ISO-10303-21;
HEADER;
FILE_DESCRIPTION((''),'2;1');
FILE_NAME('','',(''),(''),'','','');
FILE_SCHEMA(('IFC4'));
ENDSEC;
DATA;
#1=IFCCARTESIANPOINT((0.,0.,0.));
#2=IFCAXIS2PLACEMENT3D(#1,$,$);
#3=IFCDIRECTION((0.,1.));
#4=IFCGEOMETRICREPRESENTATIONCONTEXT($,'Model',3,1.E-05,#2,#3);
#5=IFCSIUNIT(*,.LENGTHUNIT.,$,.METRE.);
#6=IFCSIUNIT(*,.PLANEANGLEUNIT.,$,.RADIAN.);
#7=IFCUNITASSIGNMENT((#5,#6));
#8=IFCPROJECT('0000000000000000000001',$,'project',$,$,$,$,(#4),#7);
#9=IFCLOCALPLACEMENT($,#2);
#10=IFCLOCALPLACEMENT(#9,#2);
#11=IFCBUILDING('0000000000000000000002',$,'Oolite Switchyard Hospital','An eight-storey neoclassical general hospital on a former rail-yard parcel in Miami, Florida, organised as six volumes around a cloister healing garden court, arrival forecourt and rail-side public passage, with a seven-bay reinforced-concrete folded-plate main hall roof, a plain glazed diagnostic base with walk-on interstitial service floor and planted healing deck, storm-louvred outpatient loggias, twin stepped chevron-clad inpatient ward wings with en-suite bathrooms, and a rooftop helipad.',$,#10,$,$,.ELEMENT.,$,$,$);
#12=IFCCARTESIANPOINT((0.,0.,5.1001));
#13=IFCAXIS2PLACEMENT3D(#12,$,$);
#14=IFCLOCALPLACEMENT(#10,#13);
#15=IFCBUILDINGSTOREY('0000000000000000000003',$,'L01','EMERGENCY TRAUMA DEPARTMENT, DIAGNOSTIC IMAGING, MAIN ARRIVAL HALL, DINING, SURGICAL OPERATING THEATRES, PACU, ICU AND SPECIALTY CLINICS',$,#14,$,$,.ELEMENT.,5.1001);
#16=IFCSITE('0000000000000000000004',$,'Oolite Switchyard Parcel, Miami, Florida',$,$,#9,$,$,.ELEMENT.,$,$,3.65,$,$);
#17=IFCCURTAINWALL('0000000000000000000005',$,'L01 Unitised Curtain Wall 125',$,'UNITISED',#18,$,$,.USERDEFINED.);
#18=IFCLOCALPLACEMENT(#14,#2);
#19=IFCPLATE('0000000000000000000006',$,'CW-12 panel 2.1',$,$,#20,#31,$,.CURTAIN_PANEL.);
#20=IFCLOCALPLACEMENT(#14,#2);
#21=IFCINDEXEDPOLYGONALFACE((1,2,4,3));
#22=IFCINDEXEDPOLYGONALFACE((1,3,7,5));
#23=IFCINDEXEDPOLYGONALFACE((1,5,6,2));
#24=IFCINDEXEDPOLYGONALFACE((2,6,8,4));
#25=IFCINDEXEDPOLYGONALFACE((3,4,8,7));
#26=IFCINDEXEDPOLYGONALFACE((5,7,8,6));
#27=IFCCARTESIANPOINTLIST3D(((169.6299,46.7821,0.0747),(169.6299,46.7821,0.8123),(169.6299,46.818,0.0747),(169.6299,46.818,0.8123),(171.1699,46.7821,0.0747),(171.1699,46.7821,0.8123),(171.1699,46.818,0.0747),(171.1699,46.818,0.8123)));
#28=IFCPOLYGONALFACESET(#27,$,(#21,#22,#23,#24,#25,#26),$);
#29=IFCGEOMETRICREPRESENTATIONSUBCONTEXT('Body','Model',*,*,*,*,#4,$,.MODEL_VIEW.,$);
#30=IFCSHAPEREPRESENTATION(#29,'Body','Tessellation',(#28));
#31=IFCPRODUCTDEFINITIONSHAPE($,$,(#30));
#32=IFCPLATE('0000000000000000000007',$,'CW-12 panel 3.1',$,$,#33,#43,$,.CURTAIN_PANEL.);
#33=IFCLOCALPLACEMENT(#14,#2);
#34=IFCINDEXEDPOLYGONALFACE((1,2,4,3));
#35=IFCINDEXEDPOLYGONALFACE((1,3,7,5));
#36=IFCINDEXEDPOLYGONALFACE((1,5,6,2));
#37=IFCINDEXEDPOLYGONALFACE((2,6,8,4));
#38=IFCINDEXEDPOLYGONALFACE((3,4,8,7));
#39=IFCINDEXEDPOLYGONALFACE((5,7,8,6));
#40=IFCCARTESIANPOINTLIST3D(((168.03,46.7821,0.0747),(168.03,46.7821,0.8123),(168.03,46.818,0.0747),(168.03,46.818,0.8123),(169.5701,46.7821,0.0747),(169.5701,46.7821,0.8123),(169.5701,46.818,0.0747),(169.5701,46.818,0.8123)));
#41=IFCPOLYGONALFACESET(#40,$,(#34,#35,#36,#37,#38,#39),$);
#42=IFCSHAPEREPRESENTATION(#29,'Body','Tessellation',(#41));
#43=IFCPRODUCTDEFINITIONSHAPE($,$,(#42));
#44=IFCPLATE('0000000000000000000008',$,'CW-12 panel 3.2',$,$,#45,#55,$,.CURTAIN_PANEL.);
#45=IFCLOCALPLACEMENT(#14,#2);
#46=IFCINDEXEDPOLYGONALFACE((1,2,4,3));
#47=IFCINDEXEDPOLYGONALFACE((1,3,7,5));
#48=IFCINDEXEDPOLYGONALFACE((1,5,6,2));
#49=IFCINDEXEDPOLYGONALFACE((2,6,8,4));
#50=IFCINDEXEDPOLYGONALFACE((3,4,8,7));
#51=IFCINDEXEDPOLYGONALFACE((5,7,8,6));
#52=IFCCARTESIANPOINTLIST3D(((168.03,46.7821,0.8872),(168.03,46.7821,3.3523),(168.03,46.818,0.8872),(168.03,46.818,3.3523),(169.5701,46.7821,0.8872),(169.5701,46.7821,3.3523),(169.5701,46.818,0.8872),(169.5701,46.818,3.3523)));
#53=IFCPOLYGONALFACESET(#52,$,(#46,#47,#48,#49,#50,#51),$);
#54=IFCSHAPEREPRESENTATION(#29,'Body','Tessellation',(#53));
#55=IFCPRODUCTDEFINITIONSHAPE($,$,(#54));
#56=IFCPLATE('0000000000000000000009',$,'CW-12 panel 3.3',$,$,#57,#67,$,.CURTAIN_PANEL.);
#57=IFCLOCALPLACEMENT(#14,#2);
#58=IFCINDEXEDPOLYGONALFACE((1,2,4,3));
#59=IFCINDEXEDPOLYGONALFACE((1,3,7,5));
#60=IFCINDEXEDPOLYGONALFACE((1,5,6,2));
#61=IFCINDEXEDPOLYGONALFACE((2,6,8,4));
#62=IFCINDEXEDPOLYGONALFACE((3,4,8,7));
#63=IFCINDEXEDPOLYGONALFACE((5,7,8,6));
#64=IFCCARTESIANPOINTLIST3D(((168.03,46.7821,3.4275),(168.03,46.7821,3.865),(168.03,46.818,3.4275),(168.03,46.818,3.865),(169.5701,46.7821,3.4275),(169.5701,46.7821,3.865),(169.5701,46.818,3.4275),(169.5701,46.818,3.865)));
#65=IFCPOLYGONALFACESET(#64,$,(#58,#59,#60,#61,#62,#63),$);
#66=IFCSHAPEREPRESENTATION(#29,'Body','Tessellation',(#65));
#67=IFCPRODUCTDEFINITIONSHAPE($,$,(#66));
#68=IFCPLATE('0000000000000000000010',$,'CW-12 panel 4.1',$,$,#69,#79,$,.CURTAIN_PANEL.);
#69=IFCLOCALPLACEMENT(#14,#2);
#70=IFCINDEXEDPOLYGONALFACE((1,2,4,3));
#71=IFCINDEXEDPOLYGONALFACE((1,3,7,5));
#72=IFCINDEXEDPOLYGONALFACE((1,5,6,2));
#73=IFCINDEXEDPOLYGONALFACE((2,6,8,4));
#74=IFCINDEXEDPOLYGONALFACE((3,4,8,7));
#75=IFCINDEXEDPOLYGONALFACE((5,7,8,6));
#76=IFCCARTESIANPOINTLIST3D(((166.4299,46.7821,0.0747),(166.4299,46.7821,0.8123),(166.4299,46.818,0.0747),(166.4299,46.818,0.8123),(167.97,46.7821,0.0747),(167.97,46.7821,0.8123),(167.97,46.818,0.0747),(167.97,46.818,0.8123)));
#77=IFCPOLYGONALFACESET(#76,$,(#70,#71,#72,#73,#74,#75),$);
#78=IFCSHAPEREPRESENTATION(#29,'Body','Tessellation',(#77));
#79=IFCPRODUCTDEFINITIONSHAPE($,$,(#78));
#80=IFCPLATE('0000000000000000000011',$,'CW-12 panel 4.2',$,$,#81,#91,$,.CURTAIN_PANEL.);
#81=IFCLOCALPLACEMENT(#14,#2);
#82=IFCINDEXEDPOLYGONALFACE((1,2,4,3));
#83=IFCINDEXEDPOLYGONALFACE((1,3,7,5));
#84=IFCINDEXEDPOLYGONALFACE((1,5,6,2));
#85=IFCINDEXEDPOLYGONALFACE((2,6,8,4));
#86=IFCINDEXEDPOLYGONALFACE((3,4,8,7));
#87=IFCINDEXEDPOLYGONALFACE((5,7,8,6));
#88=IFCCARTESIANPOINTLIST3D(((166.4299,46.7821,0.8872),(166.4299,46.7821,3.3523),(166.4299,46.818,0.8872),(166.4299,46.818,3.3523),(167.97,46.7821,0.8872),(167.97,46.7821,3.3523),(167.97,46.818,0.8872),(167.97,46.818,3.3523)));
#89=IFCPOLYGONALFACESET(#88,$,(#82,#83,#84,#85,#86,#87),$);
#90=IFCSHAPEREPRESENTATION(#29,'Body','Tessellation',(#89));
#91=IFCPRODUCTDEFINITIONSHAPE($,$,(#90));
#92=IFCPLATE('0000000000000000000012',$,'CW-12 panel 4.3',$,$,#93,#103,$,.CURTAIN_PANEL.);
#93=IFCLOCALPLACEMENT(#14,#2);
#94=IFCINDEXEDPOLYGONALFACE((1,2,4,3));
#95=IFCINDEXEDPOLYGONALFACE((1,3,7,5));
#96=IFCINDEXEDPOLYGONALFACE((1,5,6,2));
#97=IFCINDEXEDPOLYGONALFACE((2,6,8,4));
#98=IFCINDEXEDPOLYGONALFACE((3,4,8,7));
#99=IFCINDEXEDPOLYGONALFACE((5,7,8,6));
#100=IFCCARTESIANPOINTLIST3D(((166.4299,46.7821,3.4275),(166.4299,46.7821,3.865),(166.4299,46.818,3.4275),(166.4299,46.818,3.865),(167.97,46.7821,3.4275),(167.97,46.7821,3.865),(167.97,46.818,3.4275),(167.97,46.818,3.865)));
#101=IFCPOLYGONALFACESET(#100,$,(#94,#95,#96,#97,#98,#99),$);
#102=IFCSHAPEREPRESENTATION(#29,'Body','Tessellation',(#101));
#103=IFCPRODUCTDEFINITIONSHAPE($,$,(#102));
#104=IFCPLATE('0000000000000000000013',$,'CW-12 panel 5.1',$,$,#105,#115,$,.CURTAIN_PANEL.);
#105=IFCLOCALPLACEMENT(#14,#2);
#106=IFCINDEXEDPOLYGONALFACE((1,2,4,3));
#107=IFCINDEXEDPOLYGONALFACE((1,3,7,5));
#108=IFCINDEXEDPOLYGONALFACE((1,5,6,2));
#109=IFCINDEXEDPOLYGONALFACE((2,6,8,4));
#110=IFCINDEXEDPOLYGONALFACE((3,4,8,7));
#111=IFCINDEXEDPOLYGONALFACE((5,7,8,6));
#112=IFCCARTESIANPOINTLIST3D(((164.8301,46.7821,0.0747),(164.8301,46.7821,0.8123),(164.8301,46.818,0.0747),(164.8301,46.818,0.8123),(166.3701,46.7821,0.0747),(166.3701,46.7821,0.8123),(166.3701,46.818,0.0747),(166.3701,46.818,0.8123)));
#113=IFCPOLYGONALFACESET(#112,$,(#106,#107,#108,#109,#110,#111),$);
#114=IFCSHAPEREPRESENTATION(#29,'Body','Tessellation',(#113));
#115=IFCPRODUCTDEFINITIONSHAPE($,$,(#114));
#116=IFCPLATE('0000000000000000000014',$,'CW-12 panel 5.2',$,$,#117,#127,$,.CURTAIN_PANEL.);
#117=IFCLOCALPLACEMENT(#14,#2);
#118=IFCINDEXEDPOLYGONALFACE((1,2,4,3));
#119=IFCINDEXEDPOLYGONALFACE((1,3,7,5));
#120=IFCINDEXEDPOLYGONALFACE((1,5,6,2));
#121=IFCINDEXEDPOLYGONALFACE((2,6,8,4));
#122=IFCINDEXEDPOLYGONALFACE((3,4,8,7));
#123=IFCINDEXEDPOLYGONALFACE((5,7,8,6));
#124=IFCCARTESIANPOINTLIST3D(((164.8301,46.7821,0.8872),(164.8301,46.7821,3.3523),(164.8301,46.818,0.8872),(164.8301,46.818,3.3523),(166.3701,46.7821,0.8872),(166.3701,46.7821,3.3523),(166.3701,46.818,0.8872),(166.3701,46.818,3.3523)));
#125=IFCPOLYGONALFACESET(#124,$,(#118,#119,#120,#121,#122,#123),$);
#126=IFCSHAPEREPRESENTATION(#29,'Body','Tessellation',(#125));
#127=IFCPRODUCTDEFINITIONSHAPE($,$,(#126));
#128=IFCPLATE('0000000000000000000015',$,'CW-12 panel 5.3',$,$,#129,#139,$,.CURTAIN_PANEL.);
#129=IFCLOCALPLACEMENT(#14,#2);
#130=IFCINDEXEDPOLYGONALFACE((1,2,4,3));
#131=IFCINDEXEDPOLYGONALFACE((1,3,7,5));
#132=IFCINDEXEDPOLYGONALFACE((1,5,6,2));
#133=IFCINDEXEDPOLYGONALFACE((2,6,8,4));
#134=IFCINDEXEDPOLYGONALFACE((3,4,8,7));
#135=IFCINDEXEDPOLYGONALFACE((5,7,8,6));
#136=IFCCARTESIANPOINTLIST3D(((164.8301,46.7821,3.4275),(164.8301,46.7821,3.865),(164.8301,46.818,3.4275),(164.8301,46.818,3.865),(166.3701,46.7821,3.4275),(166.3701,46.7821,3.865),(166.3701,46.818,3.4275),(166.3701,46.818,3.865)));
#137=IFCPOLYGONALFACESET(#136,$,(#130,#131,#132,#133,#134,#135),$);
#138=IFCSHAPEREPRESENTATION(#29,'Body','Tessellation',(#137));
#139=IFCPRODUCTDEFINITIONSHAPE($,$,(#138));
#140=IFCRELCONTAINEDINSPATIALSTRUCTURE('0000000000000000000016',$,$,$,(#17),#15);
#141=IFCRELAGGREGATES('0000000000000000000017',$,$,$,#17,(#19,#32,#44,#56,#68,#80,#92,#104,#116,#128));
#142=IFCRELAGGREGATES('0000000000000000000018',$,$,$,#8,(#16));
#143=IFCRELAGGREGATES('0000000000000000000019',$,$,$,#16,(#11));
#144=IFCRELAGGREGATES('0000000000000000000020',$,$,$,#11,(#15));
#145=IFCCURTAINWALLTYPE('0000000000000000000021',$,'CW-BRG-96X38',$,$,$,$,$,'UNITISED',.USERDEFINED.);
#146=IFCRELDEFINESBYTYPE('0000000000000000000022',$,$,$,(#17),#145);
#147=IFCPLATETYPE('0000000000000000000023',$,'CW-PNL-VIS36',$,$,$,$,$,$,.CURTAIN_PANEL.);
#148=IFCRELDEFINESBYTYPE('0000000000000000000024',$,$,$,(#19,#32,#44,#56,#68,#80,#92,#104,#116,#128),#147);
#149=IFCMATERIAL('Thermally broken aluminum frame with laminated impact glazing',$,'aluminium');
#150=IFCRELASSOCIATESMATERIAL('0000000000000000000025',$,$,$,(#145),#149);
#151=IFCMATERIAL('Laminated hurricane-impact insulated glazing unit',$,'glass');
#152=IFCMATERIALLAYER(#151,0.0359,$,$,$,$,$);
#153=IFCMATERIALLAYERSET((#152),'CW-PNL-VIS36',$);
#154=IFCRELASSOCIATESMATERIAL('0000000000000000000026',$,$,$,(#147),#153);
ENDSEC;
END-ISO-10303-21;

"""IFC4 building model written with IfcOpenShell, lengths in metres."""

from ifc_helpers import new_model, si_unit, direction, frame, origin, origin_2d, place, context, subcontext, project, spatial, rectangle, extrude, material, layer, layer_set, type_object, element, aggregate, save


model = new_model("IFC4")

# Units and contexts
model_context = context("Model", 3, precision=1e-05, world=origin(), true_north=direction((0.0, 1.0)))
body_context = subcontext(model_context, "Body", "Model", "MODEL_VIEW")
ifc_project = project(units=[si_unit("LENGTHUNIT", "METRE"), si_unit("PLANEANGLEUNIT", "RADIAN")], contexts=[model_context])

# Site, building, storey
site_placement = place(None, origin())
site = spatial("IfcSite", under=ifc_project, at=site_placement, Name="Oolite Switchyard Parcel, Miami, Florida", CompositionType="ELEMENT", RefElevation=3.65)
building_placement = place(site_placement, origin())
building = spatial("IfcBuilding", under=site, at=building_placement, Name="Oolite Switchyard Hospital", Description="An eight-storey neoclassical general hospital on a former rail-yard parcel in Miami, Florida, organised as six volumes around a cloister healing garden court, arrival forecourt and rail-side public passage, with a seven-bay reinforced-concrete folded-plate main hall roof, a plain glazed diagnostic base with walk-on interstitial service floor and planted healing deck, storm-louvred outpatient loggias, twin stepped chevron-clad inpatient ward wings with en-suite bathrooms, and a rooftop helipad.", CompositionType="ELEMENT")
storey_placement = place(building_placement, frame((0.0, 0.0, 5.1001)))
storey = spatial("IfcBuildingStorey", under=building, at=storey_placement, Name="L01", Description="EMERGENCY TRAUMA DEPARTMENT, DIAGNOSTIC IMAGING, MAIN ARRIVAL HALL, DINING, SURGICAL OPERATING THEATRES, PACU, ICU AND SPECIALTY CLINICS", CompositionType="ELEMENT", Elevation=5.1001)

# Curtain wall, plates
ifc_material_1 = material(Name="Thermally broken aluminum frame with laminated impact glazing", Category="aluminium")
curtain_wall_type = type_object("IfcCurtainWallType", Name="CW-BRG-96X38", ElementType="UNITISED", PredefinedType="USERDEFINED", material=ifc_material_1)
curtain_wall_placement = place(storey_placement, origin())
curtain_wall = element("IfcCurtainWall", 1, at=curtain_wall_placement, inside=storey, type_object=curtain_wall_type, Name="L01 Unitised Curtain Wall 125", ObjectType="UNITISED", PredefinedType="USERDEFINED")
ifc_material_2 = material(Name="Laminated hurricane-impact insulated glazing unit", Category="glass")
ifc_layer = layer(ifc_material_2, 0.0359)
ifc_layer_set = layer_set([ifc_layer], Name="CW-PNL-VIS36")
plate_type = type_object("IfcPlateType", Name="CW-PNL-VIS36", PredefinedType="CURTAIN_PANEL", material=ifc_layer_set)
plate_1_placement = place(storey_placement, frame((170.3999, 46.8, 0.0747), z_axis=(0.0, 0.0, 1.0), x_axis=(-1.0, 0.0, 0.0)))
plate_1 = element("IfcPlate", 2, at=plate_1_placement, type_object=plate_type, Name="CW-12 panel 2.1", PredefinedType="CURTAIN_PANEL", context=body_context, shape_type="SweptSolid", body=[
    extrude(rectangle(XDim=1.54, YDim=0.0359, at=origin_2d()), origin(), (0.0, 0.0, 1.0), 0.7375),
])
plate_2_placement = place(storey_placement, frame((168.8, 46.8, 0.0747), z_axis=(0.0, 0.0, 1.0), x_axis=(-1.0, 0.0, 0.0)))
plate_2 = element("IfcPlate", 3, at=plate_2_placement, type_object=plate_type, Name="CW-12 panel 3.1", PredefinedType="CURTAIN_PANEL", context=body_context, shape_type="SweptSolid", body=[
    extrude(rectangle(XDim=1.54, YDim=0.0359, at=origin_2d()), origin(), (0.0, 0.0, 1.0), 0.7375),
])
plate_3_placement = place(storey_placement, frame((168.8, 46.8, 0.8872), z_axis=(0.0, 0.0, 1.0), x_axis=(-1.0, 0.0, 0.0)))
plate_3 = element("IfcPlate", 4, at=plate_3_placement, type_object=plate_type, Name="CW-12 panel 3.2", PredefinedType="CURTAIN_PANEL", context=body_context, shape_type="SweptSolid", body=[
    extrude(rectangle(XDim=1.54, YDim=0.0359, at=origin_2d()), origin(), (0.0, 0.0, 1.0), 2.4651),
])
plate_4_placement = place(storey_placement, frame((168.8, 46.8, 3.4275), z_axis=(0.0, 0.0, 1.0), x_axis=(-1.0, 0.0, 0.0)))
plate_4 = element("IfcPlate", 5, at=plate_4_placement, type_object=plate_type, Name="CW-12 panel 3.3", PredefinedType="CURTAIN_PANEL", context=body_context, shape_type="SweptSolid", body=[
    extrude(rectangle(XDim=1.54, YDim=0.0359, at=origin_2d()), origin(), (0.0, 0.0, 1.0), 0.4375),
])
plate_5_placement = place(storey_placement, frame((167.2, 46.8, 0.0747), z_axis=(0.0, 0.0, 1.0), x_axis=(-1.0, 0.0, 0.0)))
plate_5 = element("IfcPlate", 6, at=plate_5_placement, type_object=plate_type, Name="CW-12 panel 4.1", PredefinedType="CURTAIN_PANEL", context=body_context, shape_type="SweptSolid", body=[
    extrude(rectangle(XDim=1.54, YDim=0.0359, at=origin_2d()), origin(), (0.0, 0.0, 1.0), 0.7375),
])
plate_6_placement = place(storey_placement, frame((167.2, 46.8, 0.8872), z_axis=(0.0, 0.0, 1.0), x_axis=(-1.0, 0.0, 0.0)))
plate_6 = element("IfcPlate", 7, at=plate_6_placement, type_object=plate_type, Name="CW-12 panel 4.2", PredefinedType="CURTAIN_PANEL", context=body_context, shape_type="SweptSolid", body=[
    extrude(rectangle(XDim=1.54, YDim=0.0359, at=origin_2d()), origin(), (0.0, 0.0, 1.0), 2.4651),
])
plate_7_placement = place(storey_placement, frame((167.2, 46.8, 3.4275), z_axis=(0.0, 0.0, 1.0), x_axis=(-1.0, 0.0, 0.0)))
plate_7 = element("IfcPlate", 8, at=plate_7_placement, type_object=plate_type, Name="CW-12 panel 4.3", PredefinedType="CURTAIN_PANEL", context=body_context, shape_type="SweptSolid", body=[
    extrude(rectangle(XDim=1.54, YDim=0.0359, at=origin_2d()), origin(), (0.0, 0.0, 1.0), 0.4375),
])
plate_8_placement = place(storey_placement, frame((165.6001, 46.8, 0.0747), z_axis=(0.0, 0.0, 1.0), x_axis=(-1.0, 0.0, 0.0)))
plate_8 = element("IfcPlate", 9, at=plate_8_placement, type_object=plate_type, Name="CW-12 panel 5.1", PredefinedType="CURTAIN_PANEL", context=body_context, shape_type="SweptSolid", body=[
    extrude(rectangle(XDim=1.54, YDim=0.0359, at=origin_2d()), origin(), (0.0, 0.0, 1.0), 0.7375),
])
plate_9_placement = place(storey_placement, frame((165.6001, 46.8, 0.8872), z_axis=(0.0, 0.0, 1.0), x_axis=(-1.0, 0.0, 0.0)))
plate_9 = element("IfcPlate", 10, at=plate_9_placement, type_object=plate_type, Name="CW-12 panel 5.2", PredefinedType="CURTAIN_PANEL", context=body_context, shape_type="SweptSolid", body=[
    extrude(rectangle(XDim=1.54, YDim=0.0359, at=origin_2d()), origin(), (0.0, 0.0, 1.0), 2.4651),
])
plate_10_placement = place(storey_placement, frame((165.6001, 46.8, 3.4275), z_axis=(0.0, 0.0, 1.0), x_axis=(-1.0, 0.0, 0.0)))
plate_10 = element("IfcPlate", 11, at=plate_10_placement, type_object=plate_type, Name="CW-12 panel 5.3", PredefinedType="CURTAIN_PANEL", context=body_context, shape_type="SweptSolid", body=[
    extrude(rectangle(XDim=1.54, YDim=0.0359, at=origin_2d()), origin(), (0.0, 0.0, 1.0), 0.4375),
])
aggregate(curtain_wall, [plate_1, plate_2, plate_3, plate_4, plate_5, plate_6, plate_7, plate_8, plate_9, plate_10])

save(model, "model.ifc")
